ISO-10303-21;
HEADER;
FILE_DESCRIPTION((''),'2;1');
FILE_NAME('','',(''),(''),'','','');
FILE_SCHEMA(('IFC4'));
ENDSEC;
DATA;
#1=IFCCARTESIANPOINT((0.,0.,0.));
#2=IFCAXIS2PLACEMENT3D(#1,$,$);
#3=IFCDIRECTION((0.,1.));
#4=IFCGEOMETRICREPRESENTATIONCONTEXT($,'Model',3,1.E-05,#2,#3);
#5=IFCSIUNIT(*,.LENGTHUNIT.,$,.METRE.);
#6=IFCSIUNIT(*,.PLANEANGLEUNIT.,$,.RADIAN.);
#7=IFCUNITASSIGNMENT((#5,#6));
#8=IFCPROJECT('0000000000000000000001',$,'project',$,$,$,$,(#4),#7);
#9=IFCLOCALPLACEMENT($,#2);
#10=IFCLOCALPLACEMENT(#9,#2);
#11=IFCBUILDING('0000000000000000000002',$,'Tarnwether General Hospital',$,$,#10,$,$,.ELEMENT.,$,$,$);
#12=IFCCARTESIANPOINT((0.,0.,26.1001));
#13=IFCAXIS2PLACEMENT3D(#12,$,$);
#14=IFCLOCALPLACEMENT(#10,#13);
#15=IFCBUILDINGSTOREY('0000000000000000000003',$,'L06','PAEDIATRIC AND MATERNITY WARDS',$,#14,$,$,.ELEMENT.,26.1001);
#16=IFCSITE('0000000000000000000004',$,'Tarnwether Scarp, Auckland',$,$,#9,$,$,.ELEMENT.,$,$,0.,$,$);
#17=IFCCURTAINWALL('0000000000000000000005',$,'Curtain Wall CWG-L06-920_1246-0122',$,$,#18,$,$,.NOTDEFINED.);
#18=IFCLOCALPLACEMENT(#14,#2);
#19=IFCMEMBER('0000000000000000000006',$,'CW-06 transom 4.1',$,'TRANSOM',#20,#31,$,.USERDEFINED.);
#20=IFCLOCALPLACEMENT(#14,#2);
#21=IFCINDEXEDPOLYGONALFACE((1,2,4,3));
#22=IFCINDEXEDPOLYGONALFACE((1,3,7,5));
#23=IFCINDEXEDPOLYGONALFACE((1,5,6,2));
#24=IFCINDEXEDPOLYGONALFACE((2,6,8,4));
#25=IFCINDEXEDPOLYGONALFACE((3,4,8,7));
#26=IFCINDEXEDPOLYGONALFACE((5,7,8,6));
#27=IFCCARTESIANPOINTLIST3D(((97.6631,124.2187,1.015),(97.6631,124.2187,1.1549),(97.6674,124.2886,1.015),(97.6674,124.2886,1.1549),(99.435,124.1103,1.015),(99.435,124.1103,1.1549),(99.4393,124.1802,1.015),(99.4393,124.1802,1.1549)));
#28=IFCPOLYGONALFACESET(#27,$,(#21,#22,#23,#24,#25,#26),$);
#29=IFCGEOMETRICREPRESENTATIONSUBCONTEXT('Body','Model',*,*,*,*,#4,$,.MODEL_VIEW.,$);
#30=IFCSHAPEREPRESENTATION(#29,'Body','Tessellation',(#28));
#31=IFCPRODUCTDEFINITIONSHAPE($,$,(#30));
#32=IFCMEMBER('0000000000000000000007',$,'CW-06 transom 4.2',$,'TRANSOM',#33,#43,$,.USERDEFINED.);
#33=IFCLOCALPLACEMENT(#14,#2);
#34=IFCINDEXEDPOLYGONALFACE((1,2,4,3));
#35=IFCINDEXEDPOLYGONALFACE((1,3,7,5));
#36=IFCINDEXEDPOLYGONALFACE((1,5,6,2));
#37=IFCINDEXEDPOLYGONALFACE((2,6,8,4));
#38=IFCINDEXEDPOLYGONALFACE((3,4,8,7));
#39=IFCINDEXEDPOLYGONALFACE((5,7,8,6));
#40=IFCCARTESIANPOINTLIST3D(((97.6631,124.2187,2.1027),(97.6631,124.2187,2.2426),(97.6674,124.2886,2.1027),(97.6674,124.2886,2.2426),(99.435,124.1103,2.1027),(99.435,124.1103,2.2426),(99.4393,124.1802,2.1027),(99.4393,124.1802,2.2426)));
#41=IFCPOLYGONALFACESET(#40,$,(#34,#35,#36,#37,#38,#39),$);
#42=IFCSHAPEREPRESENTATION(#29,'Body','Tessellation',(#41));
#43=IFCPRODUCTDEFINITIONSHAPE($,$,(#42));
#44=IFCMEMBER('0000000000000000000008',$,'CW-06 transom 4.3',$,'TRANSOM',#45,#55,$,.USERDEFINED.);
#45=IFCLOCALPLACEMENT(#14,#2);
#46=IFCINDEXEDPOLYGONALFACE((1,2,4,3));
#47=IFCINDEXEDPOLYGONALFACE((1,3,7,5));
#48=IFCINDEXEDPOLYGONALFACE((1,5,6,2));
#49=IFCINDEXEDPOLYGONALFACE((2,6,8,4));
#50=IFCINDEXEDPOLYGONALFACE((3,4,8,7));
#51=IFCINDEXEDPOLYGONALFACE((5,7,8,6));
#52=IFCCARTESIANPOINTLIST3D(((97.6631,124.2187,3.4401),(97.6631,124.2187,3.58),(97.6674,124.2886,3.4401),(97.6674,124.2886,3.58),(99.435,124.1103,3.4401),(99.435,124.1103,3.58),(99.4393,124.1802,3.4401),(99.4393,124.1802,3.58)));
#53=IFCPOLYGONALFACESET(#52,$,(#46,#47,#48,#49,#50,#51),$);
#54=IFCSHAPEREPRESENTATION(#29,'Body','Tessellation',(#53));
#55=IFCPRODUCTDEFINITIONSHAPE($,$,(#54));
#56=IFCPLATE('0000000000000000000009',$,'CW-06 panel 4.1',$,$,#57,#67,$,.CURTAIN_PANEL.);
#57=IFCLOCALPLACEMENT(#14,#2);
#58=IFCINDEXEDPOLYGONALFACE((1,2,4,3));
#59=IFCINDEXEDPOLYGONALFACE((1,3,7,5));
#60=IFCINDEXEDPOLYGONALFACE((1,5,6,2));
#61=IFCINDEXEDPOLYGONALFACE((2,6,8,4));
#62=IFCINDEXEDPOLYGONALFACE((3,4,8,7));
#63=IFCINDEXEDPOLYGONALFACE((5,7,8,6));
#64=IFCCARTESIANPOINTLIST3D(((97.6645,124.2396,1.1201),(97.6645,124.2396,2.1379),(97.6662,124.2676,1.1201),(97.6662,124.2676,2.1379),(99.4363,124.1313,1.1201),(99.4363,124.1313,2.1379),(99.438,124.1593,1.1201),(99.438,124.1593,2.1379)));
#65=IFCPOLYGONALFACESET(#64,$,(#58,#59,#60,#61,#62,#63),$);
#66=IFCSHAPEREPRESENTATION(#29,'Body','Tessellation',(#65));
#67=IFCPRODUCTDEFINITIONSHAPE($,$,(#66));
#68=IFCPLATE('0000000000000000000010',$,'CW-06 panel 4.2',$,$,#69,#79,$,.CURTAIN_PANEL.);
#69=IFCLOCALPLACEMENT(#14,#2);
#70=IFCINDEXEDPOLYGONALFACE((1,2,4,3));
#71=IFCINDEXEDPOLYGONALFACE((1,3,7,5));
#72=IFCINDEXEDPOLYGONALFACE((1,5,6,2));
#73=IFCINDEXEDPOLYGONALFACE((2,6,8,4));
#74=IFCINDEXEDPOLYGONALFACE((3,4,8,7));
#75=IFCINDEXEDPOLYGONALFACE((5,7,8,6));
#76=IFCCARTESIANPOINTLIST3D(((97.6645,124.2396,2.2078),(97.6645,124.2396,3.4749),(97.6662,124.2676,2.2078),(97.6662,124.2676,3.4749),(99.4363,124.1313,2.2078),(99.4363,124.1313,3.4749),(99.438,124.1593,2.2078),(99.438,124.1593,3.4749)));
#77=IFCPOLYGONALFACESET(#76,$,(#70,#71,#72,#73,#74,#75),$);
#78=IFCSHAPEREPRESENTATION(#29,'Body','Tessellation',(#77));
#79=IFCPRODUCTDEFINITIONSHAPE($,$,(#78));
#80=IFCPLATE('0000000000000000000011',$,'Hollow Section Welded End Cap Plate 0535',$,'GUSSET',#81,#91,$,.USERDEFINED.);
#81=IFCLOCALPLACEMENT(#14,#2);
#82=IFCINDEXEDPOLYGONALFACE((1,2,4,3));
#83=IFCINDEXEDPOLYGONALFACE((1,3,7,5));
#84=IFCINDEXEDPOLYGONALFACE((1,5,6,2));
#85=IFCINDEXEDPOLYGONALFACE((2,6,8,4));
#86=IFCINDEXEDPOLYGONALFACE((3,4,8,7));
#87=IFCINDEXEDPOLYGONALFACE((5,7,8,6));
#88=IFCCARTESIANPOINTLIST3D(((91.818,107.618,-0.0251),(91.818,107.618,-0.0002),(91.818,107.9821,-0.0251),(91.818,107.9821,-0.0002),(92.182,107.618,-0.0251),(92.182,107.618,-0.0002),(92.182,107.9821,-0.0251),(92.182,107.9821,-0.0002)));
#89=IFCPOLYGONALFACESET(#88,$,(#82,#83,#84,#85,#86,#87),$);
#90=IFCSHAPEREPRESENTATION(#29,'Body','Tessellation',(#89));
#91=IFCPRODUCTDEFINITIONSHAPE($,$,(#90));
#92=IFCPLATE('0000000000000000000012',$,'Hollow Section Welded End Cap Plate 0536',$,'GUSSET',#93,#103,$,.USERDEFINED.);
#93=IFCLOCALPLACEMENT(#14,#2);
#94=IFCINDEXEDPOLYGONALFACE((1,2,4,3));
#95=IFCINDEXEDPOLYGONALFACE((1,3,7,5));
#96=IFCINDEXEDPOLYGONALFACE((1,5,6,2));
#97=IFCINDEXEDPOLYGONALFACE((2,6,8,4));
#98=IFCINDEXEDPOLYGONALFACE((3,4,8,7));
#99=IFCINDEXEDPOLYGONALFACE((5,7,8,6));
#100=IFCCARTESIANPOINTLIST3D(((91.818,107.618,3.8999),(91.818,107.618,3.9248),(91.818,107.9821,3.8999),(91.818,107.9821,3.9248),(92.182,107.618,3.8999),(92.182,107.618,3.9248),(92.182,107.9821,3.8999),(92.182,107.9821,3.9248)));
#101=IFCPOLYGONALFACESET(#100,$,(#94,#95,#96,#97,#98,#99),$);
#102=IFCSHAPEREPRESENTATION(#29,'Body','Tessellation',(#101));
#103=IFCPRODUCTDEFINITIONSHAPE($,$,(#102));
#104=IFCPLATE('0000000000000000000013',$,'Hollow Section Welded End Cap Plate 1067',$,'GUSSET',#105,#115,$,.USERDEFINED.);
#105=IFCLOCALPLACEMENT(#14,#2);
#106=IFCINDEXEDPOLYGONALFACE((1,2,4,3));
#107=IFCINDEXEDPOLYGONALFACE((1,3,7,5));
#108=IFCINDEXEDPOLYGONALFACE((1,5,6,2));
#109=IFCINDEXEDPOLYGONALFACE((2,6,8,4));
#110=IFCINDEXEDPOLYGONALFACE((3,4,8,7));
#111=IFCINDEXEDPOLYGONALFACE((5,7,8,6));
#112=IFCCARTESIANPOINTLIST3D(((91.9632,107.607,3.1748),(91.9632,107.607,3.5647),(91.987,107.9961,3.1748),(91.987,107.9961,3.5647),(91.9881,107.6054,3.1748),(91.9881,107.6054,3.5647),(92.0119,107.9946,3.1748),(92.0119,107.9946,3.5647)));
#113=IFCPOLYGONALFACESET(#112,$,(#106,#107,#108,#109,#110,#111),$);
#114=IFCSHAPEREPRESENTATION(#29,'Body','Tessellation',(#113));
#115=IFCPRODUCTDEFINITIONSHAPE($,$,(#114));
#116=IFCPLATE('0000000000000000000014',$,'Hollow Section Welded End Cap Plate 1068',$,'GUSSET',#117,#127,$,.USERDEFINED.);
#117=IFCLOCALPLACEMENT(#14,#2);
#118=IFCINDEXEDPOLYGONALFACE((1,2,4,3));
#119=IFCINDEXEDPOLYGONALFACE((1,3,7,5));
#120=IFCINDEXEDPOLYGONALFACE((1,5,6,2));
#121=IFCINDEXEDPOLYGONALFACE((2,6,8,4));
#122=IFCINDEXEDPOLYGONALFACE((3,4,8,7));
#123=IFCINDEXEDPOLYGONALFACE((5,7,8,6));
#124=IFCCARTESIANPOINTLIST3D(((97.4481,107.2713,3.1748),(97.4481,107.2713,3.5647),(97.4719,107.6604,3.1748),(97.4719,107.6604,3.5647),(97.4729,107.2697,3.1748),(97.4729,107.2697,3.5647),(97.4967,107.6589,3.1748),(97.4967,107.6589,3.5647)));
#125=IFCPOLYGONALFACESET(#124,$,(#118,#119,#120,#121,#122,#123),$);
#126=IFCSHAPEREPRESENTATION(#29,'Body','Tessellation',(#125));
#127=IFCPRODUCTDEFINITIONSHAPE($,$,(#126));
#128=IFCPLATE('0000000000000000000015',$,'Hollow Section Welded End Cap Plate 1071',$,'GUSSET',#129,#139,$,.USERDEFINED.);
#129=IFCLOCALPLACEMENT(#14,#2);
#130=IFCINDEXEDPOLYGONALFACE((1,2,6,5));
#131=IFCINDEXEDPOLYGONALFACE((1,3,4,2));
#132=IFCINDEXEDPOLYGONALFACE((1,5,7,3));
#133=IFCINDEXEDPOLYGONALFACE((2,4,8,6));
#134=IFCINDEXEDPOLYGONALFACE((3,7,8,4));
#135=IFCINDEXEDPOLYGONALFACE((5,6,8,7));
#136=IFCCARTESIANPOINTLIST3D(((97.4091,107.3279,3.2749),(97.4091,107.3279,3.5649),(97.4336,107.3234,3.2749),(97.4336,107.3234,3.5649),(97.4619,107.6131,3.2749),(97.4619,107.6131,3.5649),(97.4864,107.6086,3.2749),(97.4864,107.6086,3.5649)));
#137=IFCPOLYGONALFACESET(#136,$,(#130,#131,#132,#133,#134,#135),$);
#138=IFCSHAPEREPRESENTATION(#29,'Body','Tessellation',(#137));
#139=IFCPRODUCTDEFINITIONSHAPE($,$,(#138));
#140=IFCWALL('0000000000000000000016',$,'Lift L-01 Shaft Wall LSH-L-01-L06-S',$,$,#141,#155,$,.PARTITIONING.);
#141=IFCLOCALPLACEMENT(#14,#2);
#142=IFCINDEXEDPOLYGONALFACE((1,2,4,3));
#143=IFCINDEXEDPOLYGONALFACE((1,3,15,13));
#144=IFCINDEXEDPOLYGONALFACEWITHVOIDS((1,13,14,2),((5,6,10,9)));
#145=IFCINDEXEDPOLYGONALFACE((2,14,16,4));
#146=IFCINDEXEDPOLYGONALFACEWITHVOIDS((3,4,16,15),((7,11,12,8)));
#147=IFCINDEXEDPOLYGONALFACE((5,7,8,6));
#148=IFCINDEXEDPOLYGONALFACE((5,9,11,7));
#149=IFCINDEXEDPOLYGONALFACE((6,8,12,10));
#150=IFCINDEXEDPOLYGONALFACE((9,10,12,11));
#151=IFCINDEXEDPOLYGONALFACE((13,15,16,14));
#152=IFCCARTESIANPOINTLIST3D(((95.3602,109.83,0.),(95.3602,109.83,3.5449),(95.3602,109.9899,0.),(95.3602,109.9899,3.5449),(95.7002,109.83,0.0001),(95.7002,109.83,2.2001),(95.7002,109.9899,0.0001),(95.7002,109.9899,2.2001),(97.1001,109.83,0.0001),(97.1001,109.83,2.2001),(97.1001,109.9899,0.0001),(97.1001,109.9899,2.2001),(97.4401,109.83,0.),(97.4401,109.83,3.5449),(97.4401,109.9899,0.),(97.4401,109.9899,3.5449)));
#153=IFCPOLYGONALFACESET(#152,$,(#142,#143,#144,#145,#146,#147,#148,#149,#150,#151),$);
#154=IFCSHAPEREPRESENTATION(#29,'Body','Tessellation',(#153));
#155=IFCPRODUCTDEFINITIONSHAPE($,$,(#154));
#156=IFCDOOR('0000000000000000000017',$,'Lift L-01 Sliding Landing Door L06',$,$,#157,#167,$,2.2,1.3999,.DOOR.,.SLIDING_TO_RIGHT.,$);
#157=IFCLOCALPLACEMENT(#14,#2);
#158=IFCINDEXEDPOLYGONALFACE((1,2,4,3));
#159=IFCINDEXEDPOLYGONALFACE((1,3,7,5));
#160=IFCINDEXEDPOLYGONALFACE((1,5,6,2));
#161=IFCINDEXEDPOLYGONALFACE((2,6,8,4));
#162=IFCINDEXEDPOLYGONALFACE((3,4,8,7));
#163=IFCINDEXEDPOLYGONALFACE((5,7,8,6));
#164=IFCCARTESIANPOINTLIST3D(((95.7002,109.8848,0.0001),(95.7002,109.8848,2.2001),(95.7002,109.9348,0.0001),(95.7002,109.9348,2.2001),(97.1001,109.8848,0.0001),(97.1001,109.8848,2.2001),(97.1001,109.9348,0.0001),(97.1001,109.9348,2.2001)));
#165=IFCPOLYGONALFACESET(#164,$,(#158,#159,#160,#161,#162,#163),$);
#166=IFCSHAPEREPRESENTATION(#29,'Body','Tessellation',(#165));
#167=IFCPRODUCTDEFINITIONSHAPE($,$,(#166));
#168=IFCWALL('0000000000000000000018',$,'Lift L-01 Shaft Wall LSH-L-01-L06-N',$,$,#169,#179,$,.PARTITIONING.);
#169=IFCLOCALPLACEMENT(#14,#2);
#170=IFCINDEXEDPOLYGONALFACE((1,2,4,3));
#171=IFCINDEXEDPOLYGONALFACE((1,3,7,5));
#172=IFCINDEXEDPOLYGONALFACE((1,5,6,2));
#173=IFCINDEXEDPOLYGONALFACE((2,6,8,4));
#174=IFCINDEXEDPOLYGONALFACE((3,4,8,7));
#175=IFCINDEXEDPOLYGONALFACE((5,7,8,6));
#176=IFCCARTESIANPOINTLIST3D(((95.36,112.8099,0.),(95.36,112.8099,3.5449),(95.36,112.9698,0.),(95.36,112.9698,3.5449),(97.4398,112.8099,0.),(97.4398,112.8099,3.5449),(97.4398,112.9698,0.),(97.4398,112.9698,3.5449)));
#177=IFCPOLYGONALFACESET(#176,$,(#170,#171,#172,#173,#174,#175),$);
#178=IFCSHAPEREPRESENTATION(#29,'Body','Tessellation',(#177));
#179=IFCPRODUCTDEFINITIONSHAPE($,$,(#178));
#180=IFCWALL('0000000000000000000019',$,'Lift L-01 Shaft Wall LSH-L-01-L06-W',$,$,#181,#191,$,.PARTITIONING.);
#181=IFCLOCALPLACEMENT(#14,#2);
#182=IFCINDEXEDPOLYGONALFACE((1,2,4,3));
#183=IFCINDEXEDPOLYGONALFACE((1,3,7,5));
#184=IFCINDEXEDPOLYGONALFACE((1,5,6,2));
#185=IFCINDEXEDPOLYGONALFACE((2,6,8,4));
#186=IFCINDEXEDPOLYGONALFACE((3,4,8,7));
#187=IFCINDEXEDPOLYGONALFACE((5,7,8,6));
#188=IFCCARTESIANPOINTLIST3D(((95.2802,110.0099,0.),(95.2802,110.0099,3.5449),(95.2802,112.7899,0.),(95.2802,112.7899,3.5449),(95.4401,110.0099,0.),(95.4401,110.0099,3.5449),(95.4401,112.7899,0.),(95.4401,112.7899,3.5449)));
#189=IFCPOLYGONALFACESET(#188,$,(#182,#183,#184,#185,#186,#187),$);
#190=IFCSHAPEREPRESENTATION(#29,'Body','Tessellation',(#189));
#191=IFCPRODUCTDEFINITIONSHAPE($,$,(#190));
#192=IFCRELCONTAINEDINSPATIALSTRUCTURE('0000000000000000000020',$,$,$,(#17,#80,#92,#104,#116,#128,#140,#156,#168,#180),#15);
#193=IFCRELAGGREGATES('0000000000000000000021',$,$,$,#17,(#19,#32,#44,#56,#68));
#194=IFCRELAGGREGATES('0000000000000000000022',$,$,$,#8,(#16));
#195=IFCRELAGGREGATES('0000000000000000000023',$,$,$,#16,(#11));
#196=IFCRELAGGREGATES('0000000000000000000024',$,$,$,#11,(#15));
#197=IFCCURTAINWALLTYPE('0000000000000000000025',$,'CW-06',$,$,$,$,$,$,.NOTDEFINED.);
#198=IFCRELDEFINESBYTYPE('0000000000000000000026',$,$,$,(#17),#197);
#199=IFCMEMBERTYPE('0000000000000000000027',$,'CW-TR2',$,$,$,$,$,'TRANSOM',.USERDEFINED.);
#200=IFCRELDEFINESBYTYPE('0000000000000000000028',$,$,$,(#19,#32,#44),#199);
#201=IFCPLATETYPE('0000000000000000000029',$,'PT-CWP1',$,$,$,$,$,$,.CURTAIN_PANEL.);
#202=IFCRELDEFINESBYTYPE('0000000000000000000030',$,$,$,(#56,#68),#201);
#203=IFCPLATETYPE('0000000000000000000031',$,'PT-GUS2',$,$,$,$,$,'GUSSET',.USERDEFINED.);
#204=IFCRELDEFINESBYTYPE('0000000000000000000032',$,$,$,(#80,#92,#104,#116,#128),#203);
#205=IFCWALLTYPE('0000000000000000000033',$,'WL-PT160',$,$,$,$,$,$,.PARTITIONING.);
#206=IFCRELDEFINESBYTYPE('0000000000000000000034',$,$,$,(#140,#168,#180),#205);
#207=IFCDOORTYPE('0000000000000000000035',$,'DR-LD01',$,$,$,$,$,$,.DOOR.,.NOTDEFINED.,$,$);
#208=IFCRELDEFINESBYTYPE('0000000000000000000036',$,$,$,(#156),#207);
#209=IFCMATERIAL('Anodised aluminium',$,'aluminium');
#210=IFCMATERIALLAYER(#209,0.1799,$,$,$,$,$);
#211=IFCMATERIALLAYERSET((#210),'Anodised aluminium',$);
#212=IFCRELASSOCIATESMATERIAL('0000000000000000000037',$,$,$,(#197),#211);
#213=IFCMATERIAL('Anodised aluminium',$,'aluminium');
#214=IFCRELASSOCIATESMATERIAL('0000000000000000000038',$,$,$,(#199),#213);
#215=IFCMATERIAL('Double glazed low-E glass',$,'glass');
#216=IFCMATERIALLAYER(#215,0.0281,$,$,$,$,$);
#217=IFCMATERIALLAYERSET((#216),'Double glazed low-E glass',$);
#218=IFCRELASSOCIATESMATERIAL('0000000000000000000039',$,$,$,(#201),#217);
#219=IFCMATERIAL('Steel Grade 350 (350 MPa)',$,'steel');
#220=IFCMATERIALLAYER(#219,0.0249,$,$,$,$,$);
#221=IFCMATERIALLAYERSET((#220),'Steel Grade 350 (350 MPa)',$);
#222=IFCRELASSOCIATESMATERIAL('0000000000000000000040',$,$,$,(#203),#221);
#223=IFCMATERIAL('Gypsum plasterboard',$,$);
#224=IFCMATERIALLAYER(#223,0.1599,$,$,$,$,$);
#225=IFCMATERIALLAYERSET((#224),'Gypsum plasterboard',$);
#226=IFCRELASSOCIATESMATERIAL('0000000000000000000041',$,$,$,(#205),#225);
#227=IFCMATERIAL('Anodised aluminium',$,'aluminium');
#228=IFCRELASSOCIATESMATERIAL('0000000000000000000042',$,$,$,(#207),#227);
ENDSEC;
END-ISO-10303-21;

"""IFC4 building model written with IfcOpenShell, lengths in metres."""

from ifc_helpers import new_model, si_unit, direction, frame, frame_2d, origin, origin_2d, place, context, subcontext, project, spatial, rectangle, extrude, material, layer, layer_set, material_profile, profile_set, type_object, element, fill, aggregate, save


model = new_model("IFC4")

# Units and contexts
model_context = context("Model", 3, precision=1e-05, world=origin(), true_north=direction((0.0, 1.0)))
body_context = subcontext(model_context, "Body", "Model", "MODEL_VIEW")
ifc_project = project(units=[si_unit("LENGTHUNIT", "METRE"), si_unit("PLANEANGLEUNIT", "RADIAN")], contexts=[model_context])

# Site, building, storey
site_placement = place(None, origin())
site = spatial("IfcSite", under=ifc_project, at=site_placement, Name="Tarnwether Scarp, Auckland", CompositionType="ELEMENT", RefElevation=0.0)
building_placement = place(site_placement, origin())
building = spatial("IfcBuilding", under=site, at=building_placement, Name="Tarnwether General Hospital", CompositionType="ELEMENT")
storey_placement = place(building_placement, frame((0.0, 0.0, 26.1001)))
storey = spatial("IfcBuildingStorey", under=building, at=storey_placement, Name="L06", Description="PAEDIATRIC AND MATERNITY WARDS", CompositionType="ELEMENT", Elevation=26.1001)

# Curtain wall, members, plates
ifc_material_1 = material(Name="Anodised aluminium", Category="aluminium")
ifc_layer_1 = layer(ifc_material_1, 0.1799)
ifc_layer_set_1 = layer_set([ifc_layer_1], Name="Anodised aluminium")
curtain_wall_type = type_object("IfcCurtainWallType", Name="CW-06", PredefinedType="NOTDEFINED", material=ifc_layer_set_1)
curtain_wall_placement = place(storey_placement, origin())
curtain_wall = element("IfcCurtainWall", 1, at=curtain_wall_placement, inside=storey, type_object=curtain_wall_type, Name="Curtain Wall CWG-L06-920_1246-0122", PredefinedType="NOTDEFINED")
ifc_material_2 = material(Name="Anodised aluminium", Category="aluminium")
ifc_material_profile_1 = material_profile(ifc_material_2, rectangle(XDim=0.0701, YDim=0.1399, at=origin_2d()), Name="ALU-TRN-70x140")
ifc_profile_set_1 = profile_set([ifc_material_profile_1], Name="Anodised aluminium")
member_type_1 = type_object("IfcMemberType", Name="CW-TR2", ElementType="TRANSOM", PredefinedType="USERDEFINED", material=ifc_profile_set_1)
member_1_placement = place(storey_placement, frame((97.6653, 124.2537, 1.085), z_axis=(0.998134, -0.061068, 0.0), x_axis=(0.061068, 0.998134, 0.0)))
member_1 = element("IfcMember", 2, at=member_1_placement, type_object=member_type_1, Name="CW-06 transom 4.1", ObjectType="TRANSOM", PredefinedType="USERDEFINED", context=body_context, shape_type="SweptSolid", body=[
    extrude(rectangle(XDim=0.0701, YDim=0.1399, at=origin_2d()), origin(), (0.0, 0.0, 1.0), 1.7751),
])
member_2_placement = place(storey_placement, frame((97.6653, 124.2537, 2.1726), z_axis=(0.998134, -0.061068, 0.0), x_axis=(0.061068, 0.998134, 0.0)))
member_2 = element("IfcMember", 3, at=member_2_placement, type_object=member_type_1, Name="CW-06 transom 4.2", ObjectType="TRANSOM", PredefinedType="USERDEFINED", context=body_context, shape_type="SweptSolid", body=[
    extrude(rectangle(XDim=0.0701, YDim=0.1399, at=origin_2d()), origin(), (0.0, 0.0, 1.0), 1.7751),
])
member_3_placement = place(storey_placement, frame((97.6653, 124.2537, 3.51), z_axis=(0.998134, -0.061068, 0.0), x_axis=(0.061068, 0.998134, 0.0)))
member_3 = element("IfcMember", 4, at=member_3_placement, type_object=member_type_1, Name="CW-06 transom 4.3", ObjectType="TRANSOM", PredefinedType="USERDEFINED", context=body_context, shape_type="SweptSolid", body=[
    extrude(rectangle(XDim=0.0701, YDim=0.1399, at=origin_2d()), origin(), (0.0, 0.0, 1.0), 1.7751),
])
ifc_material_3 = material(Name="Double glazed low-E glass", Category="glass")
ifc_layer_2 = layer(ifc_material_3, 0.0281)
ifc_layer_set_2 = layer_set([ifc_layer_2], Name="Double glazed low-E glass")
plate_type_1 = type_object("IfcPlateType", Name="PT-CWP1", PredefinedType="CURTAIN_PANEL", material=ifc_layer_set_2)
plate_1_placement = place(storey_placement, frame((98.5513, 124.1995, 1.1201), z_axis=(0.0, 0.0, 1.0), x_axis=(0.998136, -0.061029, 0.0)))
plate_1 = element("IfcPlate", 5, at=plate_1_placement, type_object=plate_type_1, Name="CW-06 panel 4.1", PredefinedType="CURTAIN_PANEL", context=body_context, shape_type="SweptSolid", body=[
    extrude(rectangle(XDim=1.7751, YDim=0.0281, at=origin_2d()), origin(), (0.0, 0.0, 1.0), 1.0178),
])
plate_2_placement = place(storey_placement, frame((98.5513, 124.1995, 2.2078), z_axis=(0.0, 0.0, 1.0), x_axis=(0.998136, -0.061029, 0.0)))
plate_2 = element("IfcPlate", 6, at=plate_2_placement, type_object=plate_type_1, Name="CW-06 panel 4.2", PredefinedType="CURTAIN_PANEL", context=body_context, shape_type="SweptSolid", body=[
    extrude(rectangle(XDim=1.7751, YDim=0.0281, at=origin_2d()), origin(), (0.0, 0.0, 1.0), 1.2671),
])
aggregate(curtain_wall, [member_1, member_2, member_3, plate_1, plate_2])

# Plates
ifc_material_4 = material(Name="Steel Grade 350 (350 MPa)", Category="steel")
ifc_layer_3 = layer(ifc_material_4, 0.0249)
ifc_layer_set_3 = layer_set([ifc_layer_3], Name="Steel Grade 350 (350 MPa)")
plate_type_2 = type_object("IfcPlateType", Name="PT-GUS2", ElementType="GUSSET", PredefinedType="USERDEFINED", material=ifc_layer_set_3)
for number, where, z_axis, x_axis, name in (
    (7, (92.0, 107.8, -0.0251), (0.0, 0.0, 1.0), (1.0, 0.0, 0.0), "Hollow Section Welded End Cap Plate 0535"),
    (8, (92.0, 107.8, 3.8999), (0.0, 0.0, 1.0), (1.0, 0.0, 0.0), "Hollow Section Welded End Cap Plate 0536"),
):
    element("IfcPlate", number, at=place(storey_placement, frame(where, z_axis=z_axis, x_axis=x_axis)), inside=storey, type_object=plate_type_2, Name=name, ObjectType="GUSSET", PredefinedType="USERDEFINED", context=body_context, shape_type="SweptSolid", body=[
        extrude(rectangle(XDim=0.364, YDim=0.364, at=origin_2d()), origin(), (0.0, 0.0, 1.0), 0.0249),
    ])
for number, where, z_axis, x_axis, name in (
    (9, (91.9875, 107.8008, 3.1748), (0.0, 0.0, 1.0), (0.998134, -0.061066, 0.0), "Hollow Section Welded End Cap Plate 1067"),
    (10, (97.4724, 107.4651, 3.1748), (0.0, 0.0, 1.0), (0.998134, -0.061066, 0.0), "Hollow Section Welded End Cap Plate 1068"),
):
    element("IfcPlate", number, at=place(storey_placement, frame(where, z_axis=z_axis, x_axis=x_axis)), inside=storey, type_object=plate_type_2, Name=name, ObjectType="GUSSET", PredefinedType="USERDEFINED", context=body_context, shape_type="SweptSolid", body=[
        extrude(rectangle(XDim=0.0249, YDim=0.3899, at=origin_2d()), origin(), (0.0, 0.0, 1.0), 0.3899),
    ])
plate_3_placement = place(storey_placement, frame((97.4478, 107.4683, 3.2749), z_axis=(0.0, 0.0, 1.0), x_axis=(0.983245, -0.182287, 0.0)))
element("IfcPlate", 11, at=plate_3_placement, inside=storey, type_object=plate_type_2, Name="Hollow Section Welded End Cap Plate 1071", ObjectType="GUSSET", PredefinedType="USERDEFINED", context=body_context, shape_type="SweptSolid", body=[
    extrude(rectangle(XDim=0.0249, YDim=0.29, at=origin_2d()), origin(), (0.0, 0.0, 1.0), 0.29),
])

# Wall, opening, door
ifc_material_5 = material(Name="Gypsum plasterboard")
ifc_layer_4 = layer(ifc_material_5, 0.1599)
ifc_layer_set_4 = layer_set([ifc_layer_4], Name="Gypsum plasterboard")
wall_type_1 = type_object("IfcWallType", Name="WL-PT160", PredefinedType="PARTITIONING", material=ifc_layer_set_4)
wall_1_placement = place(storey_placement, frame((95.3601, 109.9099, 0.0), z_axis=(0.0, 0.0, 1.0), x_axis=(1.0, 0.0, 0.0)))
wall_1 = element("IfcWall", 12, at=wall_1_placement, inside=storey, type_object=wall_type_1, Name="Lift L-01 Shaft Wall LSH-L-01-L06-S", PredefinedType="PARTITIONING", context=body_context, shape_type="SweptSolid", body=[
    extrude(rectangle(XDim=2.0798, YDim=0.1599, at=frame_2d((1.04, 0.0))), origin(), (0.0, 0.0, 1.0), 3.5449),
])
opening_1_placement = place(wall_1_placement, frame((0.3401, 0.0, 0.0)))
opening_1 = element("IfcOpeningElement", 13, at=opening_1_placement, cuts=wall_1, PredefinedType="OPENING", context=body_context, shape_type="SweptSolid", body=[
    extrude(rectangle(XDim=1.3999, YDim=2.2, at=frame_2d((0.7, 1.1001))), frame((0.0, 0.0898, 0.0), z_axis=(0.0, -1.0, 0.0), x_axis=(1.0, 0.0, 0.0)), (0.0, 0.0, 1.0), 0.1799),
])
ifc_material_6 = material(Name="Anodised aluminium", Category="aluminium")
door_type_1 = type_object("IfcDoorType", Name="DR-LD01", OperationType="NOTDEFINED", PredefinedType="DOOR", material=ifc_material_6)
door_1_placement = place(opening_1_placement, origin())
door_1 = element("IfcDoor", 14, at=door_1_placement, inside=storey, type_object=door_type_1, Name="Lift L-01 Sliding Landing Door L06", OperationType="SLIDING_TO_RIGHT", OverallHeight=2.2, OverallWidth=1.3999, PredefinedType="DOOR", context=body_context, shape_type="SweptSolid", body=[
    extrude(rectangle(XDim=1.3999, YDim=2.2, at=frame_2d((0.7, 1.1001))), frame((0.0, 0.0249, 0.0), z_axis=(0.0, -1.0, 0.0), x_axis=(1.0, 0.0, 0.0)), (0.0, 0.0, 1.0), 0.05),
])
fill(opening_1, door_1)

# Walls
wall_2_placement = place(storey_placement, frame((97.4399, 112.8899, 0.0), z_axis=(0.0, 0.0, 1.0), x_axis=(-1.0, 0.0, 0.0)))
element("IfcWall", 15, at=wall_2_placement, inside=storey, type_object=wall_type_1, Name="Lift L-01 Shaft Wall LSH-L-01-L06-N", PredefinedType="PARTITIONING", context=body_context, shape_type="SweptSolid", body=[
    extrude(rectangle(XDim=2.0798, YDim=0.1599, at=frame_2d((1.04, 0.0))), origin(), (0.0, 0.0, 1.0), 3.5449),
])
for number, where, z_axis, x_axis, name in (
    (16, (95.3601, 112.79, 0.0), (0.0, 0.0, 1.0), (0.0, -1.0, 0.0), "Lift L-01 Shaft Wall LSH-L-01-L06-W"),
):
    element("IfcWall", number, at=place(storey_placement, frame(where, z_axis=z_axis, x_axis=x_axis)), inside=storey, type_object=wall_type_1, Name=name, PredefinedType="PARTITIONING", context=body_context, shape_type="SweptSolid", body=[
        extrude(rectangle(XDim=2.78, YDim=0.1599, at=frame_2d((1.3901, 0.0))), origin(), (0.0, 0.0, 1.0), 3.5449),
    ])

save(model, "model.ifc")
